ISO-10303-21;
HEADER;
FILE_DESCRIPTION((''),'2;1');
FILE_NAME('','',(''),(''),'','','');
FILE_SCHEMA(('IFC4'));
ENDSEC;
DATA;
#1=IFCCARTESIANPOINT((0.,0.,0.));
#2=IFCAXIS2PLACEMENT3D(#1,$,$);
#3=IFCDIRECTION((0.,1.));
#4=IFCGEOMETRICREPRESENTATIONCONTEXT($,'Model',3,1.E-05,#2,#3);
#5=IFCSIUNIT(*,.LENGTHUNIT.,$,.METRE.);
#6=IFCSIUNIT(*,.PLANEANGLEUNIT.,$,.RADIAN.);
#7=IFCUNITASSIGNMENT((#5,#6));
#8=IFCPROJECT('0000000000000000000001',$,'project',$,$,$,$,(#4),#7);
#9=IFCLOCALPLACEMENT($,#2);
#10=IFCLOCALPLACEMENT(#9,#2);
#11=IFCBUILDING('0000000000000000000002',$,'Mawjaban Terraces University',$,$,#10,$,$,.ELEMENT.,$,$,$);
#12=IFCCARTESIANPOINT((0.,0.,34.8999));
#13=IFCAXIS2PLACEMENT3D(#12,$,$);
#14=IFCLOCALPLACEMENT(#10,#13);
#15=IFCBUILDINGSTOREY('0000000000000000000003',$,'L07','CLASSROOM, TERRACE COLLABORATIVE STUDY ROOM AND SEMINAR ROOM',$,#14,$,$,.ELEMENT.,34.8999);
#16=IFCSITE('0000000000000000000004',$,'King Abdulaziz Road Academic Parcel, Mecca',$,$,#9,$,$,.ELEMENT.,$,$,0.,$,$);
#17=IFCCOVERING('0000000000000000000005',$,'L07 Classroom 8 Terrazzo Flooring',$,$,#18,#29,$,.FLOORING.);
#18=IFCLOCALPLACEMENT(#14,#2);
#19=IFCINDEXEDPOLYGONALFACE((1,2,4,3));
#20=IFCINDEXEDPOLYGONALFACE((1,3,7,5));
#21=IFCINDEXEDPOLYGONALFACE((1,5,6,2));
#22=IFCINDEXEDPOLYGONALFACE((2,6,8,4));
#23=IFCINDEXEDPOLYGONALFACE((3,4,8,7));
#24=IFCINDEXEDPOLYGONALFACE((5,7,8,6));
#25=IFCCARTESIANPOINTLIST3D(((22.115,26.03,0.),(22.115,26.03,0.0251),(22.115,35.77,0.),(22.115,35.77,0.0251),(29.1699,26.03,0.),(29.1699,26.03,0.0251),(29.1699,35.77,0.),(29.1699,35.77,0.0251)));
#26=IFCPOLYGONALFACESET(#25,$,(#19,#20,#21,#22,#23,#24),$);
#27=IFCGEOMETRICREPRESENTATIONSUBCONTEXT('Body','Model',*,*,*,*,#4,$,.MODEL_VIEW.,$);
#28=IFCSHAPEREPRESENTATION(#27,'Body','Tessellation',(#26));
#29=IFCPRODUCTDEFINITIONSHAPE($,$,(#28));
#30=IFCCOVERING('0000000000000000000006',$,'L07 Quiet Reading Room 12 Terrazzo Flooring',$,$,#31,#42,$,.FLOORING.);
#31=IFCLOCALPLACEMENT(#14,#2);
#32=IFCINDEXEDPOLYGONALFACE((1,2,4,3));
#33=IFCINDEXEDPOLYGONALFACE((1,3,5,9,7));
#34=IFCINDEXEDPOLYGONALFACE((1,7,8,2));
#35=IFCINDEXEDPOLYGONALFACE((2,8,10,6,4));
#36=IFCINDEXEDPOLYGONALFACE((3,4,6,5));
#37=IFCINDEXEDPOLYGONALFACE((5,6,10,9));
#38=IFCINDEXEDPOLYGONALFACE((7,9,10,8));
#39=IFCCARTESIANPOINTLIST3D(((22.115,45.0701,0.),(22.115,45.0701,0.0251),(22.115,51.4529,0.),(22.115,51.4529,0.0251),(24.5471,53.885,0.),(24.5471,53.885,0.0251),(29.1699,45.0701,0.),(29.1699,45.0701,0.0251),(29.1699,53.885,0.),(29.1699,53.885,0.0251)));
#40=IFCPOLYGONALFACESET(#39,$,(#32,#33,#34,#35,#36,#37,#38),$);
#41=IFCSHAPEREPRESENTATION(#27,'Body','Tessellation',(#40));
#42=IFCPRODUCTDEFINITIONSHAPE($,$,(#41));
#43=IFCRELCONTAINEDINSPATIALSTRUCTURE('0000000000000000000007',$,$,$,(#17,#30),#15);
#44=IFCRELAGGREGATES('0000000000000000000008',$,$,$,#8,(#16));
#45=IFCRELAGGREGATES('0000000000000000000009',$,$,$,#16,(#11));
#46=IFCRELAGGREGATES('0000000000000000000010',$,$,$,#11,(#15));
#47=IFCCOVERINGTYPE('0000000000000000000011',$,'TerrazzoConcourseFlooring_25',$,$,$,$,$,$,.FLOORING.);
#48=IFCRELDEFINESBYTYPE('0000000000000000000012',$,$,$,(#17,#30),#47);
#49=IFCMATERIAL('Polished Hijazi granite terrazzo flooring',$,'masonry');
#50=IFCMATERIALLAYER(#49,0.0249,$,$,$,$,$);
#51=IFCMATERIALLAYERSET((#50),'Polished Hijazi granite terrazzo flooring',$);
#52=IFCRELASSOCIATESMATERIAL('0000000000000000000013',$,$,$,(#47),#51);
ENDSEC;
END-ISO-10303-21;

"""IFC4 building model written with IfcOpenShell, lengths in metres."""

from ifc_helpers import new_model, si_unit, direction, frame, origin, place, context, subcontext, project, spatial, polyline, outline, extrude, material, layer, layer_set, type_object, element, save


model = new_model("IFC4")

# Units and contexts
model_context = context("Model", 3, precision=1e-05, world=origin(), true_north=direction((0.0, 1.0)))
body_context = subcontext(model_context, "Body", "Model", "MODEL_VIEW")
ifc_project = project(units=[si_unit("LENGTHUNIT", "METRE"), si_unit("PLANEANGLEUNIT", "RADIAN")], contexts=[model_context])

# Site, building, storey
site_placement = place(None, origin())
site = spatial("IfcSite", under=ifc_project, at=site_placement, Name="King Abdulaziz Road Academic Parcel, Mecca", CompositionType="ELEMENT", RefElevation=0.0)
building_placement = place(site_placement, origin())
building = spatial("IfcBuilding", under=site, at=building_placement, Name="Mawjaban Terraces University", CompositionType="ELEMENT")
storey_placement = place(building_placement, frame((0.0, 0.0, 34.8999)))
storey = spatial("IfcBuildingStorey", under=building, at=storey_placement, Name="L07", Description="CLASSROOM, TERRACE COLLABORATIVE STUDY ROOM AND SEMINAR ROOM", CompositionType="ELEMENT", Elevation=34.8999)

# Coverings
ifc_material_1 = material(Name="Polished Hijazi granite terrazzo flooring", Category="masonry")
ifc_layer_1 = layer(ifc_material_1, 0.0249)
ifc_layer_set_1 = layer_set([ifc_layer_1], Name="Polished Hijazi granite terrazzo flooring")
covering_type_1 = type_object("IfcCoveringType", Name="TerrazzoConcourseFlooring_25", PredefinedType="FLOORING", material=ifc_layer_set_1)
covering_1_placement = place(storey_placement, origin())
element("IfcCovering", 1, at=covering_1_placement, inside=storey, type_object=covering_type_1, Name="L07 Classroom 8 Terrazzo Flooring", PredefinedType="FLOORING", context=body_context, shape_type="SweptSolid", body=[
    extrude(outline(polyline([(22.115, 35.77), (22.115, 26.03), (29.1699, 26.03), (29.1699, 35.77), (22.115, 35.77)])), origin(), (0.0, 0.0, 1.0), 0.0251),
])
covering_2_placement = place(storey_placement, origin())
element("IfcCovering", 2, at=covering_2_placement, inside=storey, type_object=covering_type_1, Name="L07 Quiet Reading Room 12 Terrazzo Flooring", PredefinedType="FLOORING", context=body_context, shape_type="SweptSolid", body=[
    extrude(outline(polyline([(29.1699, 53.885), (24.5471, 53.885), (22.115, 51.4529), (22.115, 45.0701), (29.1699, 45.0701), (29.1699, 53.885)])), origin(), (0.0, 0.0, 1.0), 0.0251),
])

save(model, "model.ifc")
